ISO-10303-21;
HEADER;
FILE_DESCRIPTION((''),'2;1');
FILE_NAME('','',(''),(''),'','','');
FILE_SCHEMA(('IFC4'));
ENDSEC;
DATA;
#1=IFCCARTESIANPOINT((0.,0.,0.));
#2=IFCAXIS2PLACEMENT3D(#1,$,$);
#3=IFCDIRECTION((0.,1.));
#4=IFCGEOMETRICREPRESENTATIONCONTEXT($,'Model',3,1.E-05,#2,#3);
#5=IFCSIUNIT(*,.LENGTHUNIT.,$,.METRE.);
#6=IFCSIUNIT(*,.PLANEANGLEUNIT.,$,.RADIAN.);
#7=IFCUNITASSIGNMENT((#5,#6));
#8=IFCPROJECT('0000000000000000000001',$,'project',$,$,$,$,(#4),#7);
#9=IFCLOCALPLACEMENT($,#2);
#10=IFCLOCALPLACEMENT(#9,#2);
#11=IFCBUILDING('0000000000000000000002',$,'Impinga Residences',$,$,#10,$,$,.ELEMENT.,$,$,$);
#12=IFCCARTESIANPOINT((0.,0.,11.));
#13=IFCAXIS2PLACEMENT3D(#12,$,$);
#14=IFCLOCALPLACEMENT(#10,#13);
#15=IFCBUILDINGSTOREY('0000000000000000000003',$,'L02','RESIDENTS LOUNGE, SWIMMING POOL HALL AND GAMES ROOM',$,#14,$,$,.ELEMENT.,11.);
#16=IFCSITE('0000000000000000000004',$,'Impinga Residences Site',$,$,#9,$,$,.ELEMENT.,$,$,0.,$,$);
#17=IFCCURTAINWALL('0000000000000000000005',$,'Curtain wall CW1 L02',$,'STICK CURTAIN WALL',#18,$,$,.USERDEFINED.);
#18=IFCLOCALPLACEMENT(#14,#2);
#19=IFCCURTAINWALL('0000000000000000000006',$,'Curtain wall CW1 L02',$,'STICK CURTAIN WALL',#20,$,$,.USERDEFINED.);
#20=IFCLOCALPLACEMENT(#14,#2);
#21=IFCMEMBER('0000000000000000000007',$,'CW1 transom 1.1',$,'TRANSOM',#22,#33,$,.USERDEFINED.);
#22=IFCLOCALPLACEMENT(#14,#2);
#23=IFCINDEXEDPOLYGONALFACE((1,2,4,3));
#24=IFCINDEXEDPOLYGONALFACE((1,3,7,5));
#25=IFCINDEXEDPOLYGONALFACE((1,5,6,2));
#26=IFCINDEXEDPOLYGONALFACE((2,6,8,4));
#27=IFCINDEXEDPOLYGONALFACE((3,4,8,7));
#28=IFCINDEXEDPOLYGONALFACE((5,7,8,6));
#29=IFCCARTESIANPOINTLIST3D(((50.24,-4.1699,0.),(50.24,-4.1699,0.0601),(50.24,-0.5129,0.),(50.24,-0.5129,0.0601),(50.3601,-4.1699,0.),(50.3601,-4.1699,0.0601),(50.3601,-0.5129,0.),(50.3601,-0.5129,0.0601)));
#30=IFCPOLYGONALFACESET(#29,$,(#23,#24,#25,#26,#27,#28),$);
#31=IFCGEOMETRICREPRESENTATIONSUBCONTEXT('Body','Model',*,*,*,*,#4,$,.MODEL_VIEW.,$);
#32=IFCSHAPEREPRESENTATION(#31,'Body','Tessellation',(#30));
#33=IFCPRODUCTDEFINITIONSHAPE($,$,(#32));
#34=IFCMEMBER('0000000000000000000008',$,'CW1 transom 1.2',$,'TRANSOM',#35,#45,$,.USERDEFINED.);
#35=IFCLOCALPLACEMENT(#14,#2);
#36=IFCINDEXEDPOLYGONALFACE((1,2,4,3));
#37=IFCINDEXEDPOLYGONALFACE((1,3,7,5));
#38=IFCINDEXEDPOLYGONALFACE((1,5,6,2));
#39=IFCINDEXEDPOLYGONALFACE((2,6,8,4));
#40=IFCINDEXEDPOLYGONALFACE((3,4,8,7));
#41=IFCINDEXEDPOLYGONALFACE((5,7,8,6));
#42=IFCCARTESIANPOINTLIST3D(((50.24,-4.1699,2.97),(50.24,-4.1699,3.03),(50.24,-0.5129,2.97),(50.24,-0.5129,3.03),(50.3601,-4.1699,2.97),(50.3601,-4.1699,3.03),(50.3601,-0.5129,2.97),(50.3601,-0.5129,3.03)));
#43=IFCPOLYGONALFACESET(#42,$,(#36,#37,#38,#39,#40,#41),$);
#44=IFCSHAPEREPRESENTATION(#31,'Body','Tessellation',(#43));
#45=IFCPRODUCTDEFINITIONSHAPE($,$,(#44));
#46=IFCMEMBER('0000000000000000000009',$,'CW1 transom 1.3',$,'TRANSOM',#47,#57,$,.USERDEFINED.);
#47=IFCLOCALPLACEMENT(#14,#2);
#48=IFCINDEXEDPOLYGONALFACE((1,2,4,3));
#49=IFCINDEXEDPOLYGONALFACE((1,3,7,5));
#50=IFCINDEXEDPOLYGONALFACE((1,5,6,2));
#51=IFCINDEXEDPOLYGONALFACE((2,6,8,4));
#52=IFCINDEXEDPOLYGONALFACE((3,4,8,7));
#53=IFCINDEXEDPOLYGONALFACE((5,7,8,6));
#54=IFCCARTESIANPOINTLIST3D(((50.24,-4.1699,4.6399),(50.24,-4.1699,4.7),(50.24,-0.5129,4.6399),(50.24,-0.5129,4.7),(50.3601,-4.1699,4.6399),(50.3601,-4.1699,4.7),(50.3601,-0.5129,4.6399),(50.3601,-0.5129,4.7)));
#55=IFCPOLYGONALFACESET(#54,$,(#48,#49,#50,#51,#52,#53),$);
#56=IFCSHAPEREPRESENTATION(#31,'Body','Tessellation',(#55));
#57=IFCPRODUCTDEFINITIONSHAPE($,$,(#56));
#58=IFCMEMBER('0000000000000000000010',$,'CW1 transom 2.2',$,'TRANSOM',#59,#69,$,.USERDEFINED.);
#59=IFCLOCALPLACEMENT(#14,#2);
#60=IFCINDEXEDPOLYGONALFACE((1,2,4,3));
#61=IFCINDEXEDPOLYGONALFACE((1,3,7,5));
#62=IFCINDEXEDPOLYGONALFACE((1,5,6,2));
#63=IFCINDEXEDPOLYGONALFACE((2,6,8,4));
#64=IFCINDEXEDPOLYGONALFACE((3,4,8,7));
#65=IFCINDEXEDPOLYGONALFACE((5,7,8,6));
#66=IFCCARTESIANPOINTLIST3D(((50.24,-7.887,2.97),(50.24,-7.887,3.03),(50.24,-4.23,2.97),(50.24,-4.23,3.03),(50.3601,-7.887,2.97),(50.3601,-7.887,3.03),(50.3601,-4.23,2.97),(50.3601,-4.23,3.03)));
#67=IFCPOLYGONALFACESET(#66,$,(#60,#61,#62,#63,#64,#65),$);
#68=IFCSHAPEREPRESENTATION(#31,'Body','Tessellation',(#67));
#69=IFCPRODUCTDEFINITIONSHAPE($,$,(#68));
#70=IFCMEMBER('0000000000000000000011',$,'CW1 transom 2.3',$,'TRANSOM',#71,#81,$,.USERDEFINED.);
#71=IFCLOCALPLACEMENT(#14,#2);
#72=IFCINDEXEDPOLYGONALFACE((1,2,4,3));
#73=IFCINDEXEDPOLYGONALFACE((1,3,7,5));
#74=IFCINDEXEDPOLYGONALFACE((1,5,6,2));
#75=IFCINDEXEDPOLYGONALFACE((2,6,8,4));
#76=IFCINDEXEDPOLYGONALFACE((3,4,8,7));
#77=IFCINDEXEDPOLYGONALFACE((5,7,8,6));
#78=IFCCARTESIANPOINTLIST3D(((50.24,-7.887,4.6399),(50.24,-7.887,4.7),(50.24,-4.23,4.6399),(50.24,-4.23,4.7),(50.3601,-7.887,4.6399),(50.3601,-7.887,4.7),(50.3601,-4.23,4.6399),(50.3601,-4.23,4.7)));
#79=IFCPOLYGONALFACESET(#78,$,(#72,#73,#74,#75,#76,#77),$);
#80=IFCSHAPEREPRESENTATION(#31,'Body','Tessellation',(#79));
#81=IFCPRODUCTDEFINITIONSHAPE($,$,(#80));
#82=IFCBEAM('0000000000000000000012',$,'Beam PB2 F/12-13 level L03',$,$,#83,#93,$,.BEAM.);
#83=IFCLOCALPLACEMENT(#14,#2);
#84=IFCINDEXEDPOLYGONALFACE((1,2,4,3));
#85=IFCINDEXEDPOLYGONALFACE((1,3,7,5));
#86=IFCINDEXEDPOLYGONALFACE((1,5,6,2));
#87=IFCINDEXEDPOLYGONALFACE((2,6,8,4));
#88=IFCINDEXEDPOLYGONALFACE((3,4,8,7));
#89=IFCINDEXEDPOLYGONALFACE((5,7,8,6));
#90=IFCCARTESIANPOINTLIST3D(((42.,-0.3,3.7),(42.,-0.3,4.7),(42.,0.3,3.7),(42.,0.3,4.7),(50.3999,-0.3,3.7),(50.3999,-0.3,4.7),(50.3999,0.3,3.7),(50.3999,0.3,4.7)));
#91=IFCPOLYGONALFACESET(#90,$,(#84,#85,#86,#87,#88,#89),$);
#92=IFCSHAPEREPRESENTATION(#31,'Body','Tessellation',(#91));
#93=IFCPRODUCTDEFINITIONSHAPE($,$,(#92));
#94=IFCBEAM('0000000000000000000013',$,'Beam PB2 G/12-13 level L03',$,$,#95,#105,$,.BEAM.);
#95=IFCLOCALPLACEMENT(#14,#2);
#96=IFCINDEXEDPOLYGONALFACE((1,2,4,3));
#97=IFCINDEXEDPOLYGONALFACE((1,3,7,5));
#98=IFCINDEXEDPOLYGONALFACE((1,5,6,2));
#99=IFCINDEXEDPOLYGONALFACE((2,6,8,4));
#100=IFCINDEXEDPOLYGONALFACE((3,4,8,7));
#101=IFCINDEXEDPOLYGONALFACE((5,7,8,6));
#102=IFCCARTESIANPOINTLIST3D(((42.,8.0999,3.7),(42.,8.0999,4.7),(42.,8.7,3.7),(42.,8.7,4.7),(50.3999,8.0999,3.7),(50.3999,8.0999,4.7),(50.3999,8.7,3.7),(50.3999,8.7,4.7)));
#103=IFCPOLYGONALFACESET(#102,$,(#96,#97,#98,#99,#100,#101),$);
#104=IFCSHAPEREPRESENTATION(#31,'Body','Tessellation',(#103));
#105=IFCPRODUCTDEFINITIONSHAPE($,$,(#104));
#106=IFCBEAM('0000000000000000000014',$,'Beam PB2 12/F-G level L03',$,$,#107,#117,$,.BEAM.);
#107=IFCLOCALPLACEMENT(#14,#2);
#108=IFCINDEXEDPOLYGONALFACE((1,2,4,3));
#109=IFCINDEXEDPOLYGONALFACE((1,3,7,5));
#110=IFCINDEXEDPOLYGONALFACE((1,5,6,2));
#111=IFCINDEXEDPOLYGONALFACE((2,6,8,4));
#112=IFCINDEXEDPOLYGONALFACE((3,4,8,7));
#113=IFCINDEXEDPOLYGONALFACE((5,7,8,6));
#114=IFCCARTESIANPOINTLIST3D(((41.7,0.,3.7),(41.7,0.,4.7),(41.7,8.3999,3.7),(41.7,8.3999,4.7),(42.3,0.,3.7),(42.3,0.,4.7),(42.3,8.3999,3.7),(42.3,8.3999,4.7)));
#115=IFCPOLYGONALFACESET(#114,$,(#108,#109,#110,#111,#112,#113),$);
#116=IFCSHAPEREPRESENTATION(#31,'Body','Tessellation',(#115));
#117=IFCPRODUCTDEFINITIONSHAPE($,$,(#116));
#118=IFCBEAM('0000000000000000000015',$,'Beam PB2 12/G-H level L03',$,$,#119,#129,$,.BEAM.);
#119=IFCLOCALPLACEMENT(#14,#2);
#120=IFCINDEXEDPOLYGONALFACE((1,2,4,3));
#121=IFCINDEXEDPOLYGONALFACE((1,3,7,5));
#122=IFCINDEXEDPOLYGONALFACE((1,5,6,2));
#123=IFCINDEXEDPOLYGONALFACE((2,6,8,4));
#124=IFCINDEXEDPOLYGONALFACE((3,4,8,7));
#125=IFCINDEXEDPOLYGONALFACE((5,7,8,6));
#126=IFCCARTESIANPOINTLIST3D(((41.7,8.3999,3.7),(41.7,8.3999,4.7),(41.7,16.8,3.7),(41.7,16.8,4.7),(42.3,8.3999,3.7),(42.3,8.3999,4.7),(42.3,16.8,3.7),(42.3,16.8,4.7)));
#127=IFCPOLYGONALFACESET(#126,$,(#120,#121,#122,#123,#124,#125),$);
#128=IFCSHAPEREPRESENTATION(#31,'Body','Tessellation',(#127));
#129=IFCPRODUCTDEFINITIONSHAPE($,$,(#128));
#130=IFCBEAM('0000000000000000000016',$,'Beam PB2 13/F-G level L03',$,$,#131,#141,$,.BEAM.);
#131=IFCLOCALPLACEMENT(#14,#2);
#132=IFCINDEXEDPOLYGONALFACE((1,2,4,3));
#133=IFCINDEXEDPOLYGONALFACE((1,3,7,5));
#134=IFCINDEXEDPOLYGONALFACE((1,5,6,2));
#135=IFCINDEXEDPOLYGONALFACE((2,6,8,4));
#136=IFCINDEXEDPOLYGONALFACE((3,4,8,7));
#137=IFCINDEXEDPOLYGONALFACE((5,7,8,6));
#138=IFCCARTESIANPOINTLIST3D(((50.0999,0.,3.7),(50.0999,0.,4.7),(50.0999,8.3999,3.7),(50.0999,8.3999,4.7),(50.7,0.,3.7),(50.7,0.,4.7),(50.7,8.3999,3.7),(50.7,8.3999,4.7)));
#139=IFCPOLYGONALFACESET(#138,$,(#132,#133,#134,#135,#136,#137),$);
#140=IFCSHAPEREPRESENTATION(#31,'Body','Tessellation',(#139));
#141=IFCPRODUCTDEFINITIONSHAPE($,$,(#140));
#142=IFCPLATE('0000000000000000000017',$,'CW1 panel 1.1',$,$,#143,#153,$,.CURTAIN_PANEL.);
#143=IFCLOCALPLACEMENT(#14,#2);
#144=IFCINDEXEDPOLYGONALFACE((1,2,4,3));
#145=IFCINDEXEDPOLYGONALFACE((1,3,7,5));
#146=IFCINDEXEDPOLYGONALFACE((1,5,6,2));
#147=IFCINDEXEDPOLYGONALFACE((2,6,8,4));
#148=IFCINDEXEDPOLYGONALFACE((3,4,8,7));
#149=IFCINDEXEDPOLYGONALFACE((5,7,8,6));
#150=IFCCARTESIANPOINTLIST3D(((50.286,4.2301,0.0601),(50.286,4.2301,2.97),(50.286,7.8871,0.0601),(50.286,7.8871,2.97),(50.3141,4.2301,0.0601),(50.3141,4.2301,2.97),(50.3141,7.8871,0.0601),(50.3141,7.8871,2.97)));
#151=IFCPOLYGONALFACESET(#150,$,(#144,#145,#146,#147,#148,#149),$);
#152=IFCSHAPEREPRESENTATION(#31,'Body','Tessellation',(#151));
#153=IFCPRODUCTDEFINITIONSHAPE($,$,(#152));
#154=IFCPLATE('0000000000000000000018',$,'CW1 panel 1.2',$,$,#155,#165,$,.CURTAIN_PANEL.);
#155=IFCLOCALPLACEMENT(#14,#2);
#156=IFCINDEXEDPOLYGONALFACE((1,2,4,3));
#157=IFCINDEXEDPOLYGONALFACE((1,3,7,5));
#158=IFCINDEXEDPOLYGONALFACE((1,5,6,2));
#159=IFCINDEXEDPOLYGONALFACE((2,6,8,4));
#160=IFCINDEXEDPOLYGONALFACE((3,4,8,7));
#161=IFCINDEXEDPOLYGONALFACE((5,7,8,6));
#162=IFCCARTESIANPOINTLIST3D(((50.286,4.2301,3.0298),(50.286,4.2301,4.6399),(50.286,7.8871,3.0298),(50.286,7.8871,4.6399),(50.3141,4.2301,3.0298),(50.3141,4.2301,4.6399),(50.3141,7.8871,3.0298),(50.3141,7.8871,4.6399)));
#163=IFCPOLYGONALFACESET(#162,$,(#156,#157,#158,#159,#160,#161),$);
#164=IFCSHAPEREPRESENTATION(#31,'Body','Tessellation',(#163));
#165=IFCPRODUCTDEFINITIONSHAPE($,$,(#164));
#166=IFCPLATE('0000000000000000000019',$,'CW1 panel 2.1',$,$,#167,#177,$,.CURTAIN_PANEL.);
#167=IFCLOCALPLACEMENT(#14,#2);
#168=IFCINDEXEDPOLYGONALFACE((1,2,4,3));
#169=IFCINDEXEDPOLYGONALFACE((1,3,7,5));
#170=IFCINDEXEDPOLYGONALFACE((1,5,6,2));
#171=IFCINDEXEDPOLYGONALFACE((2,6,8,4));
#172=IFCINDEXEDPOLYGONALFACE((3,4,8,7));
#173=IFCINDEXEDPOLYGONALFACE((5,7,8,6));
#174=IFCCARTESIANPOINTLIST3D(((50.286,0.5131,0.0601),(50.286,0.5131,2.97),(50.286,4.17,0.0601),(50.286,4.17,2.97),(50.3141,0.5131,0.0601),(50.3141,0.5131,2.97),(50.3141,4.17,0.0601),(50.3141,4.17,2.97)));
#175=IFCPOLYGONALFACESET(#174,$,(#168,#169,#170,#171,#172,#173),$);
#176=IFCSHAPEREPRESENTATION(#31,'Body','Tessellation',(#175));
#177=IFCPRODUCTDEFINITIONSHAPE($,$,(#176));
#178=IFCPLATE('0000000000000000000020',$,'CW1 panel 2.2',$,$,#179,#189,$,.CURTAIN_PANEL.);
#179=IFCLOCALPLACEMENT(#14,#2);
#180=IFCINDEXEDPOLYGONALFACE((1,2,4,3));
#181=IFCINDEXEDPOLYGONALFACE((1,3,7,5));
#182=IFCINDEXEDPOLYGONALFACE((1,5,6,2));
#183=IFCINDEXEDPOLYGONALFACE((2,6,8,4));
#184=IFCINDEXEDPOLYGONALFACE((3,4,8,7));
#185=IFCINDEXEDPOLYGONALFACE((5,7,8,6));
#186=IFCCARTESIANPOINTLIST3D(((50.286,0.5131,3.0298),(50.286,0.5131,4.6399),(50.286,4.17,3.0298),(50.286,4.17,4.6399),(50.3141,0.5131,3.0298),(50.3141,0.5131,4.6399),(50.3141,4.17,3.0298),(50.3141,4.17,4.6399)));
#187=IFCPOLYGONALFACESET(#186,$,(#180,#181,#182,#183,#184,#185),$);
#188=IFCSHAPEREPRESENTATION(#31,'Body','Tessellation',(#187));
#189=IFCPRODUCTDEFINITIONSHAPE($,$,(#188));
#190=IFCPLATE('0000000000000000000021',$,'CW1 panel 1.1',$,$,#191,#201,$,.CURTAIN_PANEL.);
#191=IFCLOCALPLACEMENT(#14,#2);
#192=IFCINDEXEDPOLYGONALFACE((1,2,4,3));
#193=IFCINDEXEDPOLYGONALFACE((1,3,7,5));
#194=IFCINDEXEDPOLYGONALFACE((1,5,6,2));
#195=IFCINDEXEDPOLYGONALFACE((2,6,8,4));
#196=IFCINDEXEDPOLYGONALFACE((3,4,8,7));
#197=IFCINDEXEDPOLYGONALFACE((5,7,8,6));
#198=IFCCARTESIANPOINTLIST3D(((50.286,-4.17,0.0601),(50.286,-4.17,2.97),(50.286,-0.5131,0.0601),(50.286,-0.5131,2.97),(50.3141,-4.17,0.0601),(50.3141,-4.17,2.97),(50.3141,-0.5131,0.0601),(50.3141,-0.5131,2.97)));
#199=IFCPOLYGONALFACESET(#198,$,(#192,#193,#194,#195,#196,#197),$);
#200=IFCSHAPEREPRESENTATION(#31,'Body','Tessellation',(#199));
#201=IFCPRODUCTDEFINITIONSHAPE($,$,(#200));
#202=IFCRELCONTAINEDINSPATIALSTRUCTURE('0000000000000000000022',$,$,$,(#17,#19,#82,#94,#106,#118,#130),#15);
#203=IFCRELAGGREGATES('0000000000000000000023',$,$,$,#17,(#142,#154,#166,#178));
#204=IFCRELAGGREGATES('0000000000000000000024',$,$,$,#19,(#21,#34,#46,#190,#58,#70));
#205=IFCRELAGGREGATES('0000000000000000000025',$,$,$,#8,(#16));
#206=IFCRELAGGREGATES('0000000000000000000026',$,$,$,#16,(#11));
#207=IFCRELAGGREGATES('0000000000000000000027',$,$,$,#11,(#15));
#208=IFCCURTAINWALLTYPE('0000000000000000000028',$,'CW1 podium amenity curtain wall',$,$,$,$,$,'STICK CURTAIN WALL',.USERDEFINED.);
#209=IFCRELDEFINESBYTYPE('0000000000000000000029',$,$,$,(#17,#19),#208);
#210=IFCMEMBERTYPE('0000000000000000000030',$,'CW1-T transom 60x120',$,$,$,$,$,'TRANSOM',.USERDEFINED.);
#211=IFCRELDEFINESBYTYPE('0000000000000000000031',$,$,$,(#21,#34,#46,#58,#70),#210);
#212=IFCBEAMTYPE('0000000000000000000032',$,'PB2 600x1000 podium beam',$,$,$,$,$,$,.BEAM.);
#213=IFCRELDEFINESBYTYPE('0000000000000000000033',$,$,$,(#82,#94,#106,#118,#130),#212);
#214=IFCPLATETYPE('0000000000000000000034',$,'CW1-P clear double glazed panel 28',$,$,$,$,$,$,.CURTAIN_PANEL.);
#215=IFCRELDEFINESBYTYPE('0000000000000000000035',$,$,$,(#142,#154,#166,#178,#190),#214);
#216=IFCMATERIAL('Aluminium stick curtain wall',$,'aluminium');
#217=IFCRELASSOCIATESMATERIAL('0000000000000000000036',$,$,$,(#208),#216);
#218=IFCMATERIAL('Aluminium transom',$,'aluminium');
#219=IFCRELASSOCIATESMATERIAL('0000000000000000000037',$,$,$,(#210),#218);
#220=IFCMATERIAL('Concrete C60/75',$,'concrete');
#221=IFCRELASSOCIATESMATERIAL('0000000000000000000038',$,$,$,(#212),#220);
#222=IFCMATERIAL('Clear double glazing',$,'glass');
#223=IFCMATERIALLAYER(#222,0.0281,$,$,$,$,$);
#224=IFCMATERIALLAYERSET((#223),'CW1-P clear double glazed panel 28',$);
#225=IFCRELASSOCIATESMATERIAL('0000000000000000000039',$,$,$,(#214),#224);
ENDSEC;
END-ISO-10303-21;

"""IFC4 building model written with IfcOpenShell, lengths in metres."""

from ifc_helpers import new_model, si_unit, direction, frame, origin, origin_2d, place, context, subcontext, project, spatial, rectangle, extrude, material, layer, layer_set, material_profile, profile_set, type_object, element, aggregate, save


model = new_model("IFC4")

# Units and contexts
model_context = context("Model", 3, precision=1e-05, world=origin(), true_north=direction((0.0, 1.0)))
body_context = subcontext(model_context, "Body", "Model", "MODEL_VIEW")
ifc_project = project(units=[si_unit("LENGTHUNIT", "METRE"), si_unit("PLANEANGLEUNIT", "RADIAN")], contexts=[model_context])

# Site, building, storey
site_placement = place(None, origin())
site = spatial("IfcSite", under=ifc_project, at=site_placement, Name="Impinga Residences Site", CompositionType="ELEMENT", RefElevation=0.0)
building_placement = place(site_placement, origin())
building = spatial("IfcBuilding", under=site, at=building_placement, Name="Impinga Residences", CompositionType="ELEMENT")
storey_placement = place(building_placement, frame((0.0, 0.0, 11.0)))
storey = spatial("IfcBuildingStorey", under=building, at=storey_placement, Name="L02", Description="RESIDENTS LOUNGE, SWIMMING POOL HALL AND GAMES ROOM", CompositionType="ELEMENT", Elevation=11.0)

# Curtain walls
ifc_material_1 = material(Name="Aluminium stick curtain wall", Category="aluminium")
curtain_wall_type = type_object("IfcCurtainWallType", Name="CW1 podium amenity curtain wall", ElementType="STICK CURTAIN WALL", PredefinedType="USERDEFINED", material=ifc_material_1)
curtain_wall_1_placement = place(storey_placement, origin())
curtain_wall_1 = element("IfcCurtainWall", 1, at=curtain_wall_1_placement, inside=storey, type_object=curtain_wall_type, Name="Curtain wall CW1 L02", ObjectType="STICK CURTAIN WALL", PredefinedType="USERDEFINED")
curtain_wall_2_placement = place(storey_placement, origin())
curtain_wall_2 = element("IfcCurtainWall", 2, at=curtain_wall_2_placement, inside=storey, type_object=curtain_wall_type, Name="Curtain wall CW1 L02", ObjectType="STICK CURTAIN WALL", PredefinedType="USERDEFINED")

# Members
ifc_material_2 = material(Name="Aluminium transom", Category="aluminium")
ifc_material_profile_1 = material_profile(ifc_material_2, rectangle(XDim=0.0601, YDim=0.1201, at=origin_2d()), Name="60x120 transom")
ifc_profile_set_1 = profile_set([ifc_material_profile_1], Name="Aluminium transom")
member_type_1 = type_object("IfcMemberType", Name="CW1-T transom 60x120", ElementType="TRANSOM", PredefinedType="USERDEFINED", material=ifc_profile_set_1)
member_1_placement = place(storey_placement, frame((50.3, -0.5129, 0.03), z_axis=(0.0, -1.0, 0.0), x_axis=(0.0, 0.0, 1.0)))
member_1 = element("IfcMember", 3, at=member_1_placement, type_object=member_type_1, Name="CW1 transom 1.1", ObjectType="TRANSOM", PredefinedType="USERDEFINED", context=body_context, shape_type="SweptSolid", body=[
    extrude(rectangle(XDim=0.0601, YDim=0.1201, at=origin_2d()), origin(), (0.0, 0.0, 1.0), 3.657),
])
member_2_placement = place(storey_placement, frame((50.3, -0.5129, 3.0), z_axis=(0.0, -1.0, 0.0), x_axis=(0.0, 0.0, 1.0)))
member_2 = element("IfcMember", 4, at=member_2_placement, type_object=member_type_1, Name="CW1 transom 1.2", ObjectType="TRANSOM", PredefinedType="USERDEFINED", context=body_context, shape_type="SweptSolid", body=[
    extrude(rectangle(XDim=0.0601, YDim=0.1201, at=origin_2d()), origin(), (0.0, 0.0, 1.0), 3.657),
])
member_3_placement = place(storey_placement, frame((50.3, -0.5129, 4.6699), z_axis=(0.0, -1.0, 0.0), x_axis=(0.0, 0.0, 1.0)))
member_3 = element("IfcMember", 5, at=member_3_placement, type_object=member_type_1, Name="CW1 transom 1.3", ObjectType="TRANSOM", PredefinedType="USERDEFINED", context=body_context, shape_type="SweptSolid", body=[
    extrude(rectangle(XDim=0.0601, YDim=0.1201, at=origin_2d()), origin(), (0.0, 0.0, 1.0), 3.657),
])
member_4_placement = place(storey_placement, frame((50.3, -4.23, 3.0), z_axis=(0.0, -1.0, 0.0), x_axis=(0.0, 0.0, 1.0)))
member_4 = element("IfcMember", 6, at=member_4_placement, type_object=member_type_1, Name="CW1 transom 2.2", ObjectType="TRANSOM", PredefinedType="USERDEFINED", context=body_context, shape_type="SweptSolid", body=[
    extrude(rectangle(XDim=0.0601, YDim=0.1201, at=origin_2d()), origin(), (0.0, 0.0, 1.0), 3.657),
])
member_5_placement = place(storey_placement, frame((50.3, -4.23, 4.6699), z_axis=(0.0, -1.0, 0.0), x_axis=(0.0, 0.0, 1.0)))
member_5 = element("IfcMember", 7, at=member_5_placement, type_object=member_type_1, Name="CW1 transom 2.3", ObjectType="TRANSOM", PredefinedType="USERDEFINED", context=body_context, shape_type="SweptSolid", body=[
    extrude(rectangle(XDim=0.0601, YDim=0.1201, at=origin_2d()), origin(), (0.0, 0.0, 1.0), 3.657),
])

# Beams
ifc_material_3 = material(Name="Concrete C60/75", Category="concrete")
ifc_material_profile_2 = material_profile(ifc_material_3, rectangle(XDim=0.6001, YDim=1.0, at=origin_2d()), Name="RC 600x1000")
ifc_profile_set_2 = profile_set([ifc_material_profile_2], Name="Concrete C60/75")
beam_type = type_object("IfcBeamType", Name="PB2 600x1000 podium beam", PredefinedType="BEAM", material=ifc_profile_set_2)
for number, where, z_axis, x_axis, name in (
    (8, (42.0, 0.0, 4.2), (1.0, 0.0, 0.0), (0.0, 1.0, 0.0), "Beam PB2 F/12-13 level L03"),
    (9, (42.0, 8.3999, 4.2), (1.0, 0.0, 0.0), (0.0, 1.0, 0.0), "Beam PB2 G/12-13 level L03"),
    (10, (42.0, 0.0, 4.2), (0.0, 1.0, 0.0), (-1.0, 0.0, 0.0), "Beam PB2 12/F-G level L03"),
):
    element("IfcBeam", number, at=place(storey_placement, frame(where, z_axis=z_axis, x_axis=x_axis)), inside=storey, type_object=beam_type, Name=name, PredefinedType="BEAM", context=body_context, shape_type="SweptSolid", body=[
        extrude(rectangle(XDim=0.6001, YDim=1.0, at=origin_2d()), origin(), (0.0, 0.0, 1.0), 8.3999),
    ])
beam_1_placement = place(storey_placement, frame((42.0, 8.3999, 4.2), z_axis=(0.0, 1.0, 0.0), x_axis=(-1.0, 0.0, 0.0)))
element("IfcBeam", 11, at=beam_1_placement, inside=storey, type_object=beam_type, Name="Beam PB2 12/G-H level L03", PredefinedType="BEAM", context=body_context, shape_type="SweptSolid", body=[
    extrude(rectangle(XDim=0.6001, YDim=1.0, at=origin_2d()), origin(), (0.0, 0.0, 1.0), 8.4001),
])
beam_2_placement = place(storey_placement, frame((50.3999, 0.0, 4.2), z_axis=(0.0, 1.0, 0.0), x_axis=(-1.0, 0.0, 0.0)))
element("IfcBeam", 12, at=beam_2_placement, inside=storey, type_object=beam_type, Name="Beam PB2 13/F-G level L03", PredefinedType="BEAM", context=body_context, shape_type="SweptSolid", body=[
    extrude(rectangle(XDim=0.6001, YDim=1.0, at=origin_2d()), origin(), (0.0, 0.0, 1.0), 8.3999),
])

# Plates
ifc_material_4 = material(Name="Clear double glazing", Category="glass")
ifc_layer = layer(ifc_material_4, 0.0281)
ifc_layer_set = layer_set([ifc_layer], Name="CW1-P clear double glazed panel 28")
plate_type = type_object("IfcPlateType", Name="CW1-P clear double glazed panel 28", PredefinedType="CURTAIN_PANEL", material=ifc_layer_set)
plate_1_placement = place(storey_placement, frame((50.3, 6.0586, 0.0601), z_axis=(0.0, 0.0, 1.0), x_axis=(0.0, -1.0, 0.0)))
plate_1 = element("IfcPlate", 13, at=plate_1_placement, type_object=plate_type, Name="CW1 panel 1.1", PredefinedType="CURTAIN_PANEL", context=body_context, shape_type="SweptSolid", body=[
    extrude(rectangle(XDim=3.657, YDim=0.0281, at=origin_2d()), origin(), (0.0, 0.0, 1.0), 2.9099),
])
plate_2_placement = place(storey_placement, frame((50.3, 6.0586, 3.0298), z_axis=(0.0, 0.0, 1.0), x_axis=(0.0, -1.0, 0.0)))
plate_2 = element("IfcPlate", 14, at=plate_2_placement, type_object=plate_type, Name="CW1 panel 1.2", PredefinedType="CURTAIN_PANEL", context=body_context, shape_type="SweptSolid", body=[
    extrude(rectangle(XDim=3.657, YDim=0.0281, at=origin_2d()), origin(), (0.0, 0.0, 1.0), 1.6101),
])
plate_3_placement = place(storey_placement, frame((50.3, 2.3416, 0.0601), z_axis=(0.0, 0.0, 1.0), x_axis=(0.0, -1.0, 0.0)))
plate_3 = element("IfcPlate", 15, at=plate_3_placement, type_object=plate_type, Name="CW1 panel 2.1", PredefinedType="CURTAIN_PANEL", context=body_context, shape_type="SweptSolid", body=[
    extrude(rectangle(XDim=3.657, YDim=0.0281, at=origin_2d()), origin(), (0.0, 0.0, 1.0), 2.9099),
])
plate_4_placement = place(storey_placement, frame((50.3, 2.3416, 3.0298), z_axis=(0.0, 0.0, 1.0), x_axis=(0.0, -1.0, 0.0)))
plate_4 = element("IfcPlate", 16, at=plate_4_placement, type_object=plate_type, Name="CW1 panel 2.2", PredefinedType="CURTAIN_PANEL", context=body_context, shape_type="SweptSolid", body=[
    extrude(rectangle(XDim=3.657, YDim=0.0281, at=origin_2d()), origin(), (0.0, 0.0, 1.0), 1.6101),
])
aggregate(curtain_wall_1, [plate_1, plate_2, plate_3, plate_4])
plate_5_placement = place(storey_placement, frame((50.3, -2.3416, 0.0601), z_axis=(0.0, 0.0, 1.0), x_axis=(0.0, -1.0, 0.0)))
plate_5 = element("IfcPlate", 17, at=plate_5_placement, type_object=plate_type, Name="CW1 panel 1.1", PredefinedType="CURTAIN_PANEL", context=body_context, shape_type="SweptSolid", body=[
    extrude(rectangle(XDim=3.657, YDim=0.0281, at=origin_2d()), origin(), (0.0, 0.0, 1.0), 2.9099),
])
aggregate(curtain_wall_2, [member_1, member_2, member_3, plate_5, member_4, member_5])

save(model, "model.ifc")
